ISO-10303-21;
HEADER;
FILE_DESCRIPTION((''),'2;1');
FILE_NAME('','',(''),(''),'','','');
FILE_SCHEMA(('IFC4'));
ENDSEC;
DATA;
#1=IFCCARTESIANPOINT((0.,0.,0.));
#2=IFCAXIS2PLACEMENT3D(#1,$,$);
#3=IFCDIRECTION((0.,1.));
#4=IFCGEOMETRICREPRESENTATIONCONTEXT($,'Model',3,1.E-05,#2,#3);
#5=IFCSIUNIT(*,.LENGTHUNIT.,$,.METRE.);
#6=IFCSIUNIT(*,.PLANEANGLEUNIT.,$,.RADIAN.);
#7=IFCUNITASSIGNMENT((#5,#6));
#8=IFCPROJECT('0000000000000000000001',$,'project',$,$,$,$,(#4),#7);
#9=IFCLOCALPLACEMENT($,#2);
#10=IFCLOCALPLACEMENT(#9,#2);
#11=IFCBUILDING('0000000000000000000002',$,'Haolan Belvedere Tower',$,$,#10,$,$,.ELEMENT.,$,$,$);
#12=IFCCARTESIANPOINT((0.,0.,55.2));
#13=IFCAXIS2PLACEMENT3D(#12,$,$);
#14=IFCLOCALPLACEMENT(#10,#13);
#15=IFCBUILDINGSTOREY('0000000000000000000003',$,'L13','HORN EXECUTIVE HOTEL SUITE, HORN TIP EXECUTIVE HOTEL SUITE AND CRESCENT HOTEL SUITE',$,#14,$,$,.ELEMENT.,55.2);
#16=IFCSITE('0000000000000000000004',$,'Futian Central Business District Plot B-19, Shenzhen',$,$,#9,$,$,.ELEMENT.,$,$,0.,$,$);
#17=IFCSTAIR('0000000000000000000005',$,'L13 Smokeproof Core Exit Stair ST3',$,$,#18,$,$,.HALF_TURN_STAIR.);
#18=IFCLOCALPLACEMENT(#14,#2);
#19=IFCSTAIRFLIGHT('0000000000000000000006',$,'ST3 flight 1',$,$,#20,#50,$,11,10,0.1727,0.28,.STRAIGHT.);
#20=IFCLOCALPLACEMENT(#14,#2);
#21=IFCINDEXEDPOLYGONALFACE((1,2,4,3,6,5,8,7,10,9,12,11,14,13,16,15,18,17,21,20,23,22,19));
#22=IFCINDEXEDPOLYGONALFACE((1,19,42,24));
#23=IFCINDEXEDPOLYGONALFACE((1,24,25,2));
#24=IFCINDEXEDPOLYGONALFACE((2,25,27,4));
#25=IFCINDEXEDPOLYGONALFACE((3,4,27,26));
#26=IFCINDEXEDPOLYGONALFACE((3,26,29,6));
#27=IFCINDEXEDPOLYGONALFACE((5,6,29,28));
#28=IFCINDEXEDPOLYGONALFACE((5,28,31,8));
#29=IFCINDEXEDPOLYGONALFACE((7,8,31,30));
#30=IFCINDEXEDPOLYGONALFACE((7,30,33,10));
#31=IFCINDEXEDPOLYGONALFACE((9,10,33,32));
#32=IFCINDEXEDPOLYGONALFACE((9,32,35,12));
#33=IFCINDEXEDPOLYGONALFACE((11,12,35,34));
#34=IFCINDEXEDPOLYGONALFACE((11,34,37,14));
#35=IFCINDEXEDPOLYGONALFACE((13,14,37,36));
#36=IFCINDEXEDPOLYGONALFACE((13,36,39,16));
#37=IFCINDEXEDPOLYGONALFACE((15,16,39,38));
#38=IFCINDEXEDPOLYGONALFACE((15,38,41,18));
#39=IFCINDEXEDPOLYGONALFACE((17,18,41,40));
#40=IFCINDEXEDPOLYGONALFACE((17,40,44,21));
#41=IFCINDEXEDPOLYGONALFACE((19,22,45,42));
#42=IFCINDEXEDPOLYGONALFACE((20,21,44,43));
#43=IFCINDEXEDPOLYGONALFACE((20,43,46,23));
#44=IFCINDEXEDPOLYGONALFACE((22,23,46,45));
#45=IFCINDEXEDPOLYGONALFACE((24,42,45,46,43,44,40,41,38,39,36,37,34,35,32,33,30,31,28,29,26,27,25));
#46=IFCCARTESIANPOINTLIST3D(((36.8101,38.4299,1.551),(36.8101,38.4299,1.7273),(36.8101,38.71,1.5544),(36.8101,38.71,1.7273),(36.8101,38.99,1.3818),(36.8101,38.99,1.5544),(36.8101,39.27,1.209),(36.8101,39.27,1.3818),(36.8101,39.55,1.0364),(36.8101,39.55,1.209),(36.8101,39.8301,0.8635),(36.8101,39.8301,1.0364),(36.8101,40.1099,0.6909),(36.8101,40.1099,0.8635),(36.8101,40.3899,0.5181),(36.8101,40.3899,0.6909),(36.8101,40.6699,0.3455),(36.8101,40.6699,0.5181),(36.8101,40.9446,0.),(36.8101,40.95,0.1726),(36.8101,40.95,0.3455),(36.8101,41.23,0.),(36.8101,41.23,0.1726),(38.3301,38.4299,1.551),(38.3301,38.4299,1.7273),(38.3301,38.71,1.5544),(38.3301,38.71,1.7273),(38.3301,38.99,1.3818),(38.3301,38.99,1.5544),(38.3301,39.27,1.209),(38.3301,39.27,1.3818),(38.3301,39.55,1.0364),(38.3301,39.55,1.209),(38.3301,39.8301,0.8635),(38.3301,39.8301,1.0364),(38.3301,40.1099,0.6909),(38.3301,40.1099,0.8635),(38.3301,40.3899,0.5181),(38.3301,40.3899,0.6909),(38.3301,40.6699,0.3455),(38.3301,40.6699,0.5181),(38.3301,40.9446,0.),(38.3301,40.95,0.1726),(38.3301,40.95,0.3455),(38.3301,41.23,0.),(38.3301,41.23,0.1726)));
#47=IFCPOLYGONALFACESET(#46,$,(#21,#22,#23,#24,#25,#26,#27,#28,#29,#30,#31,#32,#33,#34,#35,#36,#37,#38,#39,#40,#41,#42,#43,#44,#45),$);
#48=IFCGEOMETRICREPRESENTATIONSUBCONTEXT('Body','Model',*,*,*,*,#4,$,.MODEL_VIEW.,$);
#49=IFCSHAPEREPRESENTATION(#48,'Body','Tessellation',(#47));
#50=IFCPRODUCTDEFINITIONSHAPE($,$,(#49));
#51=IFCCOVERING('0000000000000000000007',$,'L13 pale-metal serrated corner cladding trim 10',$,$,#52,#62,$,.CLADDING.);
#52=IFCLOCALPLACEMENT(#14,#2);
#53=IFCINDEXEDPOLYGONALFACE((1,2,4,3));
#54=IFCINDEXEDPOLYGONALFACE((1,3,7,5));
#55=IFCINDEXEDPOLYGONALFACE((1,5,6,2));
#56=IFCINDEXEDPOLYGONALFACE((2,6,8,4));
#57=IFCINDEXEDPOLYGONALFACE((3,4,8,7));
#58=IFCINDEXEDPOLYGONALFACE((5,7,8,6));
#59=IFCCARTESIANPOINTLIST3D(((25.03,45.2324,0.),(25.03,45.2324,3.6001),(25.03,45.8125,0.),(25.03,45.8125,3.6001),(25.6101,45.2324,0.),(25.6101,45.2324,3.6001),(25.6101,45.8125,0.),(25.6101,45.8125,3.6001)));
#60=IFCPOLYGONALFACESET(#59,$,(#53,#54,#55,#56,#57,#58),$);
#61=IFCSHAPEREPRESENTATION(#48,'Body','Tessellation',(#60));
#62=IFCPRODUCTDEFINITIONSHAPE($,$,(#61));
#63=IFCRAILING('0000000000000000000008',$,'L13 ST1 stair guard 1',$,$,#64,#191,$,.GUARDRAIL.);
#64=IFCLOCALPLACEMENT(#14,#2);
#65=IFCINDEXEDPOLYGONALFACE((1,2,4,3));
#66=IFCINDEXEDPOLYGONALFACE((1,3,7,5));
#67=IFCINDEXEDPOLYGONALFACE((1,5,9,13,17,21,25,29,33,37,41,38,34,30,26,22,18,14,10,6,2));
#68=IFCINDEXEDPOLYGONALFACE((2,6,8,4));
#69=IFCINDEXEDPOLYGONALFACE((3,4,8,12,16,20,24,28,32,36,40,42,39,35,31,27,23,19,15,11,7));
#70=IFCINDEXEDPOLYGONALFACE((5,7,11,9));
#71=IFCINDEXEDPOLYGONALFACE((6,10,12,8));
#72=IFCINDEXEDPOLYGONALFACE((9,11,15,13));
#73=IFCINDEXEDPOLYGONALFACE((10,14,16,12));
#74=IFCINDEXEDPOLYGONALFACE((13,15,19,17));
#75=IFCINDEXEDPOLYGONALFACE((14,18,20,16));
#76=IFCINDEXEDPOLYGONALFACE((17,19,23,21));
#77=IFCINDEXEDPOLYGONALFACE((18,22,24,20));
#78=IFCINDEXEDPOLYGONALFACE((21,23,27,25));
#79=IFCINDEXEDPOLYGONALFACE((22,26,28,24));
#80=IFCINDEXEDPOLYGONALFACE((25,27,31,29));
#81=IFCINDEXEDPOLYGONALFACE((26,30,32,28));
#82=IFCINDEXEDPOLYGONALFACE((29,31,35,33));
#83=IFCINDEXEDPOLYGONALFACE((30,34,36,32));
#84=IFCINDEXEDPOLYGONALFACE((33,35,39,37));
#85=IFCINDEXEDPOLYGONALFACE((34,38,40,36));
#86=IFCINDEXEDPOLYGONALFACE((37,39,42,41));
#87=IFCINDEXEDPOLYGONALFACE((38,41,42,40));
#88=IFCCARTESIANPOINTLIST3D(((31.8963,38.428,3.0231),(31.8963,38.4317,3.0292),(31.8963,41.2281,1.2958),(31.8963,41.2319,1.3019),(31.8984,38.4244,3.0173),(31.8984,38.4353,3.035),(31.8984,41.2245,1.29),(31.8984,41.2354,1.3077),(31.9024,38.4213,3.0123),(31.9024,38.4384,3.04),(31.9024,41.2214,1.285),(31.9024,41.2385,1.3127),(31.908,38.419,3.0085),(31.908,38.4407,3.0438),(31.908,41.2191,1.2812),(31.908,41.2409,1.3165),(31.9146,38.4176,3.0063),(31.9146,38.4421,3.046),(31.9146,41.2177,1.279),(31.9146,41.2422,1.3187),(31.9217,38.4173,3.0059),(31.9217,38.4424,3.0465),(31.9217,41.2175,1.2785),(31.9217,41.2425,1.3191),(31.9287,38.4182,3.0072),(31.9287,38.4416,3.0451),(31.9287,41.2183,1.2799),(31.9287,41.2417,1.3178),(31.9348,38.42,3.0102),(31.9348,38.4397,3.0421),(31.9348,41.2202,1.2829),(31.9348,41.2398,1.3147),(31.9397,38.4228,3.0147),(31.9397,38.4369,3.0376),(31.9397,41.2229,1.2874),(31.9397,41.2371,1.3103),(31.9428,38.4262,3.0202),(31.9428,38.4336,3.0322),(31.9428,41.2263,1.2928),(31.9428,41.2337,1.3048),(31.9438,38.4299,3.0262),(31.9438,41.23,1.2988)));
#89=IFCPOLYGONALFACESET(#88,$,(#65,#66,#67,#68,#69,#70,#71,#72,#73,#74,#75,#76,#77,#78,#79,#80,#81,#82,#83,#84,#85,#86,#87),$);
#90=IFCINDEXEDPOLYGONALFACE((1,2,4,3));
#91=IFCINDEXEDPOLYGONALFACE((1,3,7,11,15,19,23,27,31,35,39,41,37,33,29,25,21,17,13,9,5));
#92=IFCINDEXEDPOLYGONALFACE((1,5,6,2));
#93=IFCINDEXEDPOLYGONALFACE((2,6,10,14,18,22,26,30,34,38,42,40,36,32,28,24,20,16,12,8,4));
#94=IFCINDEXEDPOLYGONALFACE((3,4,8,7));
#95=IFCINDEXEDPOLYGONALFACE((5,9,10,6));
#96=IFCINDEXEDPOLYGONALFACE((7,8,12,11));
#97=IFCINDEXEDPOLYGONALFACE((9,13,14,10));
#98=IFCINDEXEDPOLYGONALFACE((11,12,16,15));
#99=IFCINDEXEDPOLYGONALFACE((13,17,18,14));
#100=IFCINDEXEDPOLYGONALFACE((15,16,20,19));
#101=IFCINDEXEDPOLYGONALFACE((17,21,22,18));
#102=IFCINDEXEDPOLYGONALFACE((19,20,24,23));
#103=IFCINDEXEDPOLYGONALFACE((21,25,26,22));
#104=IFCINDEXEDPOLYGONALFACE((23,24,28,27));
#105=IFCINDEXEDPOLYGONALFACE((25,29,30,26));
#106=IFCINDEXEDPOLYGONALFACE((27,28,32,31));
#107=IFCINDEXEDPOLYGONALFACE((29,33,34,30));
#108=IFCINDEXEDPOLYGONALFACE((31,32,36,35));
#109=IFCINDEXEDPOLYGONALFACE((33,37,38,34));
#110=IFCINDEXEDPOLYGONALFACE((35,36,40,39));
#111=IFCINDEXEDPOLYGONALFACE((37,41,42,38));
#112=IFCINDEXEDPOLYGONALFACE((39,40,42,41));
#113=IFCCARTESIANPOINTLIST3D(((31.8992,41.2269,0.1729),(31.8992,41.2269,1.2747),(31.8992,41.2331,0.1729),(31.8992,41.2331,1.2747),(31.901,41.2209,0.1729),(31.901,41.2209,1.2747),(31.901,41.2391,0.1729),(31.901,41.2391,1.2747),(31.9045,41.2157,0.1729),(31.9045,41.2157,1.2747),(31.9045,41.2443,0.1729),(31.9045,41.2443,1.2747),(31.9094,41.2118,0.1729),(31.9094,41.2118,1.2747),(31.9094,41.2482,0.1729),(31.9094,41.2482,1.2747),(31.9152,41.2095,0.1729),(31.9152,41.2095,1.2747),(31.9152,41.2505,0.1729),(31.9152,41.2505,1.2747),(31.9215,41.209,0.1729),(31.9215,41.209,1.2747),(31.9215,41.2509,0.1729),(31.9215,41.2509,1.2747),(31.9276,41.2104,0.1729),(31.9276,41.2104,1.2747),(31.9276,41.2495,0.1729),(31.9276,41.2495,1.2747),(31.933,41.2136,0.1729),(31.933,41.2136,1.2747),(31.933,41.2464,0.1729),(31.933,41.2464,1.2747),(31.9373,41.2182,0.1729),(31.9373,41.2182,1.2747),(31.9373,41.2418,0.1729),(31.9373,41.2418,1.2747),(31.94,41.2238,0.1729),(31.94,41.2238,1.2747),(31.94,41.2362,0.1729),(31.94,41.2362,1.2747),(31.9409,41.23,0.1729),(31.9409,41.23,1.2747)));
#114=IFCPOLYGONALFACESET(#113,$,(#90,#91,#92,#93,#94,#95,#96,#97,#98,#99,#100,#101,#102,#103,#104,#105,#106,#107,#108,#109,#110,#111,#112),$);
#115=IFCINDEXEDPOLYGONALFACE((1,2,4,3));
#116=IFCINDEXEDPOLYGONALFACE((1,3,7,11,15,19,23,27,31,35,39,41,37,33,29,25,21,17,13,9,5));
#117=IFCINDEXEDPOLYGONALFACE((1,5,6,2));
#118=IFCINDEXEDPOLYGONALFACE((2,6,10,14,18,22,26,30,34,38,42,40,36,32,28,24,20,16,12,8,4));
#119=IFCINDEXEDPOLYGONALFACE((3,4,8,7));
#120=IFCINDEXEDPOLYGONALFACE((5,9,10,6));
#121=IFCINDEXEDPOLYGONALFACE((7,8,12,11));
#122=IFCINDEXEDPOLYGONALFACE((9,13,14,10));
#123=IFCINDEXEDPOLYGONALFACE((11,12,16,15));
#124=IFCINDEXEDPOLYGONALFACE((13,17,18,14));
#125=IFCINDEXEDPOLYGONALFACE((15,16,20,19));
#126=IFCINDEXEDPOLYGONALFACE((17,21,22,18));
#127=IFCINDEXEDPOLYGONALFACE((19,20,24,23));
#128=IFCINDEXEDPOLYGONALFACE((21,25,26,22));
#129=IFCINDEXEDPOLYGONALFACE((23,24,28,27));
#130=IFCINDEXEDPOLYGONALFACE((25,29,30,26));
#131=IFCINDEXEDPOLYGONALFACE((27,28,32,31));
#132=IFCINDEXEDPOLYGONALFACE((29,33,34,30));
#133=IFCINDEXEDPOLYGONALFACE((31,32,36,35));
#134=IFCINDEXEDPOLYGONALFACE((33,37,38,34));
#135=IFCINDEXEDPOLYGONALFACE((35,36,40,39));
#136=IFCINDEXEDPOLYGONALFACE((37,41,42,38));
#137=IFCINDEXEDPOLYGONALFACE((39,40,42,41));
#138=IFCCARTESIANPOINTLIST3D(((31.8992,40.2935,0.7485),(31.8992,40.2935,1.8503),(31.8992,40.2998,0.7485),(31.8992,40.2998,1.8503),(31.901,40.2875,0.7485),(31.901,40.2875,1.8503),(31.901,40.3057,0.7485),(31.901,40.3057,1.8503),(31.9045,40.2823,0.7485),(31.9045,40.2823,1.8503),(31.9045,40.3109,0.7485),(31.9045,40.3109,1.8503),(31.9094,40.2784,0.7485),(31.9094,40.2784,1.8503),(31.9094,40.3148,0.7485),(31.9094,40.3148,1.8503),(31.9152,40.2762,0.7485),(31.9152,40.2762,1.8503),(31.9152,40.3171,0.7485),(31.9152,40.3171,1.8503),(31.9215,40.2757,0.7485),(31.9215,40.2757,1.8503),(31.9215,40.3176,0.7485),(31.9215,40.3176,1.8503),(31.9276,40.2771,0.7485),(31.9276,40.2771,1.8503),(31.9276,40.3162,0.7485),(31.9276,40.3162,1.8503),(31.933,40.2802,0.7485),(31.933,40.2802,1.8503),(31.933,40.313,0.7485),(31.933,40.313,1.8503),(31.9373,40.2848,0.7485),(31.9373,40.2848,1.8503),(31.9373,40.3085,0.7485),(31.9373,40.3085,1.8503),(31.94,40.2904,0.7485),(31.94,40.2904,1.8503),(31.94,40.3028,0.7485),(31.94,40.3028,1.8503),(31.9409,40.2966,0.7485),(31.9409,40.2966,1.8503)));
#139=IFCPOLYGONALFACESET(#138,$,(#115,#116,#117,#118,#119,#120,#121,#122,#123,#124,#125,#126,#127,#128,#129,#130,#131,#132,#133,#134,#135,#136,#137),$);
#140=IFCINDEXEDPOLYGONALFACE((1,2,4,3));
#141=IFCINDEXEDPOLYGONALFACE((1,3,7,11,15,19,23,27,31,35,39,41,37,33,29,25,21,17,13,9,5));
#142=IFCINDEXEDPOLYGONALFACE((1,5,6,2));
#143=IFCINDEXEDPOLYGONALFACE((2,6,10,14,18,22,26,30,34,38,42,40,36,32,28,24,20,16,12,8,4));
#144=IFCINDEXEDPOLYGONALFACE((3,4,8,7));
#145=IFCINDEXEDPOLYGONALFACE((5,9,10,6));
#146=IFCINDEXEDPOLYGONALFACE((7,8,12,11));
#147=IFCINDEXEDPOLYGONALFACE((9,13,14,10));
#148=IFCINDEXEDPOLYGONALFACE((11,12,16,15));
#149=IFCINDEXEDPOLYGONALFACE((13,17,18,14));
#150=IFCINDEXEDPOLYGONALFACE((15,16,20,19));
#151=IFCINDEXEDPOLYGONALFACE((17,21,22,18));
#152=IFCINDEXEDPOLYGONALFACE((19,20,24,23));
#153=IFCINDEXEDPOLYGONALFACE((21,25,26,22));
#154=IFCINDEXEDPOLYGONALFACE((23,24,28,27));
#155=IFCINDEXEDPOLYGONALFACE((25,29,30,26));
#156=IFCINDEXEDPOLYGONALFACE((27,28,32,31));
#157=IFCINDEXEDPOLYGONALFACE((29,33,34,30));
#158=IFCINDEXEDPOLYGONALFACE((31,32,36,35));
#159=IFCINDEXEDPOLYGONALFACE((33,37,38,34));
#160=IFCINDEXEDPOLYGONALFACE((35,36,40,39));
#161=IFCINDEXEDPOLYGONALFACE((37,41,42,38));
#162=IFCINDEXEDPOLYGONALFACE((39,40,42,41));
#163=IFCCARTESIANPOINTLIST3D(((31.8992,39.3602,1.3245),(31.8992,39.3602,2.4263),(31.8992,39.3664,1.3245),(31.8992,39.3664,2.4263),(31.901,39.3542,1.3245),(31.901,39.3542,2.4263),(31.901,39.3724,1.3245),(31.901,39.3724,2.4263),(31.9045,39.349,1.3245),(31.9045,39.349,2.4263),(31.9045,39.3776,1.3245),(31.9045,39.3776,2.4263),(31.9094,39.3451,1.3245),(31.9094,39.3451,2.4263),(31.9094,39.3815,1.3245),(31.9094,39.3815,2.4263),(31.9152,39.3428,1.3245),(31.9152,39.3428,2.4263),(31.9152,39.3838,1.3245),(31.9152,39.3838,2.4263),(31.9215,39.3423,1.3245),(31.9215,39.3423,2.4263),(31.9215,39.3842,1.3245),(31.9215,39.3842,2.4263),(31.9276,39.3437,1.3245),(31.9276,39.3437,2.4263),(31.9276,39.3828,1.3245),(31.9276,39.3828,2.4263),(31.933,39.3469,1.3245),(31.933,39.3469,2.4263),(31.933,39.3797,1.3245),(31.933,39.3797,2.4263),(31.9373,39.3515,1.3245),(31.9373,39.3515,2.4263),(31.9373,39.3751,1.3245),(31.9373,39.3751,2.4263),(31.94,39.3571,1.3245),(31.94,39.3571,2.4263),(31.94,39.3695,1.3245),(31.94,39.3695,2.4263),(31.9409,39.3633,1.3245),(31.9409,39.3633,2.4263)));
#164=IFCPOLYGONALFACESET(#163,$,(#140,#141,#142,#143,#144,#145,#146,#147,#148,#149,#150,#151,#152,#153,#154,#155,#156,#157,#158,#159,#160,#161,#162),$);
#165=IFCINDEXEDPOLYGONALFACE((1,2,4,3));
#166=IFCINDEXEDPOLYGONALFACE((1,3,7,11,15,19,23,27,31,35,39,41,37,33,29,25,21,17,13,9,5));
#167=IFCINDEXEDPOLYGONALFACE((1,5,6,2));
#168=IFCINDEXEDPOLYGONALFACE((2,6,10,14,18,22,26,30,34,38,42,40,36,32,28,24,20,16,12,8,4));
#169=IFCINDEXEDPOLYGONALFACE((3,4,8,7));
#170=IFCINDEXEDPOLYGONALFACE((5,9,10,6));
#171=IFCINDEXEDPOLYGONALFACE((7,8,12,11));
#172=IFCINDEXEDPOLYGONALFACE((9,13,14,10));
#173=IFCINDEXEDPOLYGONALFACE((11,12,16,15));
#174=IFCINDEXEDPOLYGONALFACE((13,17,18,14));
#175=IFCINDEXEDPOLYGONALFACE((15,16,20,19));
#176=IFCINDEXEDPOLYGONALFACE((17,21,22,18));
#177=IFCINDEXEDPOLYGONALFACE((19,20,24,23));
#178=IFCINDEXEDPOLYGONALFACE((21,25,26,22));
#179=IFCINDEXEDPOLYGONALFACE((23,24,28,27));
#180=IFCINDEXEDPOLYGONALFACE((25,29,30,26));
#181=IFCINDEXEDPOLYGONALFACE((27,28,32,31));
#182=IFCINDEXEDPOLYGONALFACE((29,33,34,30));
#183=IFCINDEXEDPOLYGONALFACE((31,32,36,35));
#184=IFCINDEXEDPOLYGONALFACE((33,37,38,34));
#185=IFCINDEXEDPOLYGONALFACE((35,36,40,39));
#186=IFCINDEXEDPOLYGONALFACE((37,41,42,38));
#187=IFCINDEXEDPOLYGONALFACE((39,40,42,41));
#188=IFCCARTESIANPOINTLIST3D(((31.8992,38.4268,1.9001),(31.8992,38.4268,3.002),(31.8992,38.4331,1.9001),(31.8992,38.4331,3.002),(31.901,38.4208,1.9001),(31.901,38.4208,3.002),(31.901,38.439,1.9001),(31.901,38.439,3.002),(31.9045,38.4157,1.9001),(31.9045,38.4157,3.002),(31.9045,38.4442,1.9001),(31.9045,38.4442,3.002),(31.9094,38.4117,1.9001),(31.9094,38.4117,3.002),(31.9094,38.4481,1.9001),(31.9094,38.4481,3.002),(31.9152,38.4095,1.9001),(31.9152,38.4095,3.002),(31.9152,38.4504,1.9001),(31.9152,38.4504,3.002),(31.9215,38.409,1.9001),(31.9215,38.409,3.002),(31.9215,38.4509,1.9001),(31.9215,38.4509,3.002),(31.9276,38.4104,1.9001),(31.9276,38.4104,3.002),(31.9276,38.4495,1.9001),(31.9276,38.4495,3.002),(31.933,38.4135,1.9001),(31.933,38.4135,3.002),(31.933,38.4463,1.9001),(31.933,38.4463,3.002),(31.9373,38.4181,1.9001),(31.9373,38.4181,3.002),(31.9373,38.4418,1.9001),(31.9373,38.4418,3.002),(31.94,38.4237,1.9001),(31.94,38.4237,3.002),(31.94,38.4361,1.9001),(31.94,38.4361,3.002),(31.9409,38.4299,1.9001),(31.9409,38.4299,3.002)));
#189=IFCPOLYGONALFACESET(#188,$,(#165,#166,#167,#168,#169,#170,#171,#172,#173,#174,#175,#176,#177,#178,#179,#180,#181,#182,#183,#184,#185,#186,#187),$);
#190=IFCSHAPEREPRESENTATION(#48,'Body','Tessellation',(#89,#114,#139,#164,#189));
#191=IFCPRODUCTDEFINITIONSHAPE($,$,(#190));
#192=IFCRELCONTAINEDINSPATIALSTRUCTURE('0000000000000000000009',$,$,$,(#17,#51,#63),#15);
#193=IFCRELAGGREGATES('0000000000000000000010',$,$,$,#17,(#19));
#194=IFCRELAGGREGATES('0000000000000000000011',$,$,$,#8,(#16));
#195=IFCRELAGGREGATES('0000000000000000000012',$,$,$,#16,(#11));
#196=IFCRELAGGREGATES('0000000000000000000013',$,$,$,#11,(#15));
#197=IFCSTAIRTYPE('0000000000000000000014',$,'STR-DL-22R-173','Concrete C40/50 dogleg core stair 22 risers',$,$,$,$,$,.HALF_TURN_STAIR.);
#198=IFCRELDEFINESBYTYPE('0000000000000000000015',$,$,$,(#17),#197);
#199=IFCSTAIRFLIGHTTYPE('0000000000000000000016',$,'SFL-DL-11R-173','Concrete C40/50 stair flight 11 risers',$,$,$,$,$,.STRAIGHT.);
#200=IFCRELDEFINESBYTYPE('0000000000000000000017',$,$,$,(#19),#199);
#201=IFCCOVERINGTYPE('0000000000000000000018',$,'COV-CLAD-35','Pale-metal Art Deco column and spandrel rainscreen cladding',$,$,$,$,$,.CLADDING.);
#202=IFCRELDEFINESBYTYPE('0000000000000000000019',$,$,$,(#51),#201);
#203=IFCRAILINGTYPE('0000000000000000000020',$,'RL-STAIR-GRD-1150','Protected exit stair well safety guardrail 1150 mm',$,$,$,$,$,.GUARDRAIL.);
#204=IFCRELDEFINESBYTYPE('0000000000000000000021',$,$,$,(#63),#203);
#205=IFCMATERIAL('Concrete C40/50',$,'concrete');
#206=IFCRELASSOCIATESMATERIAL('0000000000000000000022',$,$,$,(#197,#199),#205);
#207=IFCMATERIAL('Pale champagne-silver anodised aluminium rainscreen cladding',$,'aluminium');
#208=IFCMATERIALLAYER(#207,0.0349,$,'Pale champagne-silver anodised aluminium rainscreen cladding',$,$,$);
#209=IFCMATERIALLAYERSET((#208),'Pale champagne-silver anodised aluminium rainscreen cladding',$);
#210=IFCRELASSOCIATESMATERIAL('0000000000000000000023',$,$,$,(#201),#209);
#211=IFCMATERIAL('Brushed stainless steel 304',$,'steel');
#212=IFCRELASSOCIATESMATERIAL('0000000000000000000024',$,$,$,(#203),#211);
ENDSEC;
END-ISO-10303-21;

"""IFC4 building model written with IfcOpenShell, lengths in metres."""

from ifc_helpers import new_model, si_unit, direction, frame, origin, origin_2d, place, context, subcontext, project, spatial, polyline, rectangle, circle, outline, extrude, material, layer, layer_set, type_object, element, aggregate, save


model = new_model("IFC4")

# Units and contexts
model_context = context("Model", 3, precision=1e-05, world=origin(), true_north=direction((0.0, 1.0)))
body_context = subcontext(model_context, "Body", "Model", "MODEL_VIEW")
ifc_project = project(units=[si_unit("LENGTHUNIT", "METRE"), si_unit("PLANEANGLEUNIT", "RADIAN")], contexts=[model_context])

# Site, building, storey
site_placement = place(None, origin())
site = spatial("IfcSite", under=ifc_project, at=site_placement, Name="Futian Central Business District Plot B-19, Shenzhen", CompositionType="ELEMENT", RefElevation=0.0)
building_placement = place(site_placement, origin())
building = spatial("IfcBuilding", under=site, at=building_placement, Name="Haolan Belvedere Tower", CompositionType="ELEMENT")
storey_placement = place(building_placement, frame((0.0, 0.0, 55.2)))
storey = spatial("IfcBuildingStorey", under=building, at=storey_placement, Name="L13", Description="HORN EXECUTIVE HOTEL SUITE, HORN TIP EXECUTIVE HOTEL SUITE AND CRESCENT HOTEL SUITE", CompositionType="ELEMENT", Elevation=55.2)

# Shared definitions
ifc_material_1 = material(Name="Concrete C40/50", Category="concrete")

# Stair, stair flight
stair_type = type_object("IfcStairType", Name="STR-DL-22R-173", Description="Concrete C40/50 dogleg core stair 22 risers", PredefinedType="HALF_TURN_STAIR", material=ifc_material_1)
stair_placement = place(storey_placement, origin())
stair = element("IfcStair", 1, at=stair_placement, inside=storey, type_object=stair_type, Name="L13 Smokeproof Core Exit Stair ST3", PredefinedType="HALF_TURN_STAIR")
stair_flight_type = type_object("IfcStairFlightType", Name="SFL-DL-11R-173", Description="Concrete C40/50 stair flight 11 risers", PredefinedType="STRAIGHT", material=ifc_material_1)
stair_flight_placement = place(storey_placement, frame((37.5701, 41.23, 0.0), z_axis=(0.0, 0.0, 1.0), x_axis=(0.0, -1.0, 0.0)))
stair_flight = element("IfcStairFlight", 2, at=stair_flight_placement, type_object=stair_flight_type, Name="ST3 flight 1", NumberOfRisers=11, NumberOfTreads=10, PredefinedType="STRAIGHT", RiserHeight=0.1727, TreadLength=0.28, context=body_context, shape_type="SweptSolid", body=[
    extrude(outline(polyline([(0.0, 0.0), (0.0, 0.1726), (0.28, 0.1726), (0.28, 0.3455), (0.5601, 0.3455), (0.5601, 0.5181), (0.8401, 0.5181), (0.8401, 0.6909), (1.1201, 0.6909), (1.1201, 0.8635), (1.3999, 0.8635), (1.3999, 1.0364), (1.6799, 1.0364), (1.6799, 1.209), (1.96, 1.209), (1.96, 1.3818), (2.24, 1.3818), (2.24, 1.5544), (2.52, 1.5544), (2.52, 1.7273), (2.8, 1.7273), (2.8, 1.8999), (2.8, 1.551), (0.2854, 0.0), (0.0, 0.0)])), frame((0.0, 0.76, 0.0), z_axis=(0.0, -1.0, 0.0), x_axis=(1.0, 0.0, 0.0)), (0.0, 0.0, 1.0), 1.52),
])
aggregate(stair, [stair_flight])

# Covering
ifc_material_2 = material(Name="Pale champagne-silver anodised aluminium rainscreen cladding", Category="aluminium")
ifc_layer_1 = layer(ifc_material_2, 0.0349, Name="Pale champagne-silver anodised aluminium rainscreen cladding")
ifc_layer_set_1 = layer_set([ifc_layer_1], Name="Pale champagne-silver anodised aluminium rainscreen cladding")
covering_type = type_object("IfcCoveringType", Name="COV-CLAD-35", Description="Pale-metal Art Deco column and spandrel rainscreen cladding", PredefinedType="CLADDING", material=ifc_layer_set_1)
covering_placement = place(storey_placement, frame((25.3201, 45.5225, 0.0), z_axis=(0.0, 0.0, 1.0), x_axis=(1.0, 0.0, 0.0)))
element("IfcCovering", 3, at=covering_placement, inside=storey, type_object=covering_type, Name="L13 pale-metal serrated corner cladding trim 10", PredefinedType="CLADDING", context=body_context, shape_type="SweptSolid", body=[
    extrude(rectangle(XDim=0.5801, YDim=0.5801, at=origin_2d()), origin(), (0.0, 0.0, 1.0), 3.6001),
])

# Railing
ifc_material_3 = material(Name="Brushed stainless steel 304", Category="steel")
railing_type_1 = type_object("IfcRailingType", Name="RL-STAIR-GRD-1150", Description="Protected exit stair well safety guardrail 1150 mm", PredefinedType="GUARDRAIL", material=ifc_material_3)
railing_1_placement = place(storey_placement, frame((31.9199, 41.23, 0.1729)))
element("IfcRailing", 4, at=railing_1_placement, inside=storey, type_object=railing_type_1, Name="L13 ST1 stair guard 1", PredefinedType="GUARDRAIL", context=body_context, shape_type="SweptSolid", body=[
    extrude(circle(Radius=0.0239, at=origin_2d()), frame((0.0, 0.0, 1.126), z_axis=(0.0, -0.85109, 0.52502), x_axis=(1.0, 0.0, 0.0)), (0.0, 0.0, 1.0), 3.29),
    extrude(circle(Radius=0.021, at=origin_2d()), origin(), (0.0, 0.0, 1.0), 1.1018),
    extrude(circle(Radius=0.021, at=origin_2d()), frame((0.0, -0.9333, 0.5757)), (0.0, 0.0, 1.0), 1.1018),
    extrude(circle(Radius=0.021, at=origin_2d()), frame((0.0, -1.8667, 1.1516)), (0.0, 0.0, 1.0), 1.1018),
    extrude(circle(Radius=0.021, at=origin_2d()), frame((0.0, -2.8, 1.7273)), (0.0, 0.0, 1.0), 1.1018),
])

save(model, "model.ifc")
